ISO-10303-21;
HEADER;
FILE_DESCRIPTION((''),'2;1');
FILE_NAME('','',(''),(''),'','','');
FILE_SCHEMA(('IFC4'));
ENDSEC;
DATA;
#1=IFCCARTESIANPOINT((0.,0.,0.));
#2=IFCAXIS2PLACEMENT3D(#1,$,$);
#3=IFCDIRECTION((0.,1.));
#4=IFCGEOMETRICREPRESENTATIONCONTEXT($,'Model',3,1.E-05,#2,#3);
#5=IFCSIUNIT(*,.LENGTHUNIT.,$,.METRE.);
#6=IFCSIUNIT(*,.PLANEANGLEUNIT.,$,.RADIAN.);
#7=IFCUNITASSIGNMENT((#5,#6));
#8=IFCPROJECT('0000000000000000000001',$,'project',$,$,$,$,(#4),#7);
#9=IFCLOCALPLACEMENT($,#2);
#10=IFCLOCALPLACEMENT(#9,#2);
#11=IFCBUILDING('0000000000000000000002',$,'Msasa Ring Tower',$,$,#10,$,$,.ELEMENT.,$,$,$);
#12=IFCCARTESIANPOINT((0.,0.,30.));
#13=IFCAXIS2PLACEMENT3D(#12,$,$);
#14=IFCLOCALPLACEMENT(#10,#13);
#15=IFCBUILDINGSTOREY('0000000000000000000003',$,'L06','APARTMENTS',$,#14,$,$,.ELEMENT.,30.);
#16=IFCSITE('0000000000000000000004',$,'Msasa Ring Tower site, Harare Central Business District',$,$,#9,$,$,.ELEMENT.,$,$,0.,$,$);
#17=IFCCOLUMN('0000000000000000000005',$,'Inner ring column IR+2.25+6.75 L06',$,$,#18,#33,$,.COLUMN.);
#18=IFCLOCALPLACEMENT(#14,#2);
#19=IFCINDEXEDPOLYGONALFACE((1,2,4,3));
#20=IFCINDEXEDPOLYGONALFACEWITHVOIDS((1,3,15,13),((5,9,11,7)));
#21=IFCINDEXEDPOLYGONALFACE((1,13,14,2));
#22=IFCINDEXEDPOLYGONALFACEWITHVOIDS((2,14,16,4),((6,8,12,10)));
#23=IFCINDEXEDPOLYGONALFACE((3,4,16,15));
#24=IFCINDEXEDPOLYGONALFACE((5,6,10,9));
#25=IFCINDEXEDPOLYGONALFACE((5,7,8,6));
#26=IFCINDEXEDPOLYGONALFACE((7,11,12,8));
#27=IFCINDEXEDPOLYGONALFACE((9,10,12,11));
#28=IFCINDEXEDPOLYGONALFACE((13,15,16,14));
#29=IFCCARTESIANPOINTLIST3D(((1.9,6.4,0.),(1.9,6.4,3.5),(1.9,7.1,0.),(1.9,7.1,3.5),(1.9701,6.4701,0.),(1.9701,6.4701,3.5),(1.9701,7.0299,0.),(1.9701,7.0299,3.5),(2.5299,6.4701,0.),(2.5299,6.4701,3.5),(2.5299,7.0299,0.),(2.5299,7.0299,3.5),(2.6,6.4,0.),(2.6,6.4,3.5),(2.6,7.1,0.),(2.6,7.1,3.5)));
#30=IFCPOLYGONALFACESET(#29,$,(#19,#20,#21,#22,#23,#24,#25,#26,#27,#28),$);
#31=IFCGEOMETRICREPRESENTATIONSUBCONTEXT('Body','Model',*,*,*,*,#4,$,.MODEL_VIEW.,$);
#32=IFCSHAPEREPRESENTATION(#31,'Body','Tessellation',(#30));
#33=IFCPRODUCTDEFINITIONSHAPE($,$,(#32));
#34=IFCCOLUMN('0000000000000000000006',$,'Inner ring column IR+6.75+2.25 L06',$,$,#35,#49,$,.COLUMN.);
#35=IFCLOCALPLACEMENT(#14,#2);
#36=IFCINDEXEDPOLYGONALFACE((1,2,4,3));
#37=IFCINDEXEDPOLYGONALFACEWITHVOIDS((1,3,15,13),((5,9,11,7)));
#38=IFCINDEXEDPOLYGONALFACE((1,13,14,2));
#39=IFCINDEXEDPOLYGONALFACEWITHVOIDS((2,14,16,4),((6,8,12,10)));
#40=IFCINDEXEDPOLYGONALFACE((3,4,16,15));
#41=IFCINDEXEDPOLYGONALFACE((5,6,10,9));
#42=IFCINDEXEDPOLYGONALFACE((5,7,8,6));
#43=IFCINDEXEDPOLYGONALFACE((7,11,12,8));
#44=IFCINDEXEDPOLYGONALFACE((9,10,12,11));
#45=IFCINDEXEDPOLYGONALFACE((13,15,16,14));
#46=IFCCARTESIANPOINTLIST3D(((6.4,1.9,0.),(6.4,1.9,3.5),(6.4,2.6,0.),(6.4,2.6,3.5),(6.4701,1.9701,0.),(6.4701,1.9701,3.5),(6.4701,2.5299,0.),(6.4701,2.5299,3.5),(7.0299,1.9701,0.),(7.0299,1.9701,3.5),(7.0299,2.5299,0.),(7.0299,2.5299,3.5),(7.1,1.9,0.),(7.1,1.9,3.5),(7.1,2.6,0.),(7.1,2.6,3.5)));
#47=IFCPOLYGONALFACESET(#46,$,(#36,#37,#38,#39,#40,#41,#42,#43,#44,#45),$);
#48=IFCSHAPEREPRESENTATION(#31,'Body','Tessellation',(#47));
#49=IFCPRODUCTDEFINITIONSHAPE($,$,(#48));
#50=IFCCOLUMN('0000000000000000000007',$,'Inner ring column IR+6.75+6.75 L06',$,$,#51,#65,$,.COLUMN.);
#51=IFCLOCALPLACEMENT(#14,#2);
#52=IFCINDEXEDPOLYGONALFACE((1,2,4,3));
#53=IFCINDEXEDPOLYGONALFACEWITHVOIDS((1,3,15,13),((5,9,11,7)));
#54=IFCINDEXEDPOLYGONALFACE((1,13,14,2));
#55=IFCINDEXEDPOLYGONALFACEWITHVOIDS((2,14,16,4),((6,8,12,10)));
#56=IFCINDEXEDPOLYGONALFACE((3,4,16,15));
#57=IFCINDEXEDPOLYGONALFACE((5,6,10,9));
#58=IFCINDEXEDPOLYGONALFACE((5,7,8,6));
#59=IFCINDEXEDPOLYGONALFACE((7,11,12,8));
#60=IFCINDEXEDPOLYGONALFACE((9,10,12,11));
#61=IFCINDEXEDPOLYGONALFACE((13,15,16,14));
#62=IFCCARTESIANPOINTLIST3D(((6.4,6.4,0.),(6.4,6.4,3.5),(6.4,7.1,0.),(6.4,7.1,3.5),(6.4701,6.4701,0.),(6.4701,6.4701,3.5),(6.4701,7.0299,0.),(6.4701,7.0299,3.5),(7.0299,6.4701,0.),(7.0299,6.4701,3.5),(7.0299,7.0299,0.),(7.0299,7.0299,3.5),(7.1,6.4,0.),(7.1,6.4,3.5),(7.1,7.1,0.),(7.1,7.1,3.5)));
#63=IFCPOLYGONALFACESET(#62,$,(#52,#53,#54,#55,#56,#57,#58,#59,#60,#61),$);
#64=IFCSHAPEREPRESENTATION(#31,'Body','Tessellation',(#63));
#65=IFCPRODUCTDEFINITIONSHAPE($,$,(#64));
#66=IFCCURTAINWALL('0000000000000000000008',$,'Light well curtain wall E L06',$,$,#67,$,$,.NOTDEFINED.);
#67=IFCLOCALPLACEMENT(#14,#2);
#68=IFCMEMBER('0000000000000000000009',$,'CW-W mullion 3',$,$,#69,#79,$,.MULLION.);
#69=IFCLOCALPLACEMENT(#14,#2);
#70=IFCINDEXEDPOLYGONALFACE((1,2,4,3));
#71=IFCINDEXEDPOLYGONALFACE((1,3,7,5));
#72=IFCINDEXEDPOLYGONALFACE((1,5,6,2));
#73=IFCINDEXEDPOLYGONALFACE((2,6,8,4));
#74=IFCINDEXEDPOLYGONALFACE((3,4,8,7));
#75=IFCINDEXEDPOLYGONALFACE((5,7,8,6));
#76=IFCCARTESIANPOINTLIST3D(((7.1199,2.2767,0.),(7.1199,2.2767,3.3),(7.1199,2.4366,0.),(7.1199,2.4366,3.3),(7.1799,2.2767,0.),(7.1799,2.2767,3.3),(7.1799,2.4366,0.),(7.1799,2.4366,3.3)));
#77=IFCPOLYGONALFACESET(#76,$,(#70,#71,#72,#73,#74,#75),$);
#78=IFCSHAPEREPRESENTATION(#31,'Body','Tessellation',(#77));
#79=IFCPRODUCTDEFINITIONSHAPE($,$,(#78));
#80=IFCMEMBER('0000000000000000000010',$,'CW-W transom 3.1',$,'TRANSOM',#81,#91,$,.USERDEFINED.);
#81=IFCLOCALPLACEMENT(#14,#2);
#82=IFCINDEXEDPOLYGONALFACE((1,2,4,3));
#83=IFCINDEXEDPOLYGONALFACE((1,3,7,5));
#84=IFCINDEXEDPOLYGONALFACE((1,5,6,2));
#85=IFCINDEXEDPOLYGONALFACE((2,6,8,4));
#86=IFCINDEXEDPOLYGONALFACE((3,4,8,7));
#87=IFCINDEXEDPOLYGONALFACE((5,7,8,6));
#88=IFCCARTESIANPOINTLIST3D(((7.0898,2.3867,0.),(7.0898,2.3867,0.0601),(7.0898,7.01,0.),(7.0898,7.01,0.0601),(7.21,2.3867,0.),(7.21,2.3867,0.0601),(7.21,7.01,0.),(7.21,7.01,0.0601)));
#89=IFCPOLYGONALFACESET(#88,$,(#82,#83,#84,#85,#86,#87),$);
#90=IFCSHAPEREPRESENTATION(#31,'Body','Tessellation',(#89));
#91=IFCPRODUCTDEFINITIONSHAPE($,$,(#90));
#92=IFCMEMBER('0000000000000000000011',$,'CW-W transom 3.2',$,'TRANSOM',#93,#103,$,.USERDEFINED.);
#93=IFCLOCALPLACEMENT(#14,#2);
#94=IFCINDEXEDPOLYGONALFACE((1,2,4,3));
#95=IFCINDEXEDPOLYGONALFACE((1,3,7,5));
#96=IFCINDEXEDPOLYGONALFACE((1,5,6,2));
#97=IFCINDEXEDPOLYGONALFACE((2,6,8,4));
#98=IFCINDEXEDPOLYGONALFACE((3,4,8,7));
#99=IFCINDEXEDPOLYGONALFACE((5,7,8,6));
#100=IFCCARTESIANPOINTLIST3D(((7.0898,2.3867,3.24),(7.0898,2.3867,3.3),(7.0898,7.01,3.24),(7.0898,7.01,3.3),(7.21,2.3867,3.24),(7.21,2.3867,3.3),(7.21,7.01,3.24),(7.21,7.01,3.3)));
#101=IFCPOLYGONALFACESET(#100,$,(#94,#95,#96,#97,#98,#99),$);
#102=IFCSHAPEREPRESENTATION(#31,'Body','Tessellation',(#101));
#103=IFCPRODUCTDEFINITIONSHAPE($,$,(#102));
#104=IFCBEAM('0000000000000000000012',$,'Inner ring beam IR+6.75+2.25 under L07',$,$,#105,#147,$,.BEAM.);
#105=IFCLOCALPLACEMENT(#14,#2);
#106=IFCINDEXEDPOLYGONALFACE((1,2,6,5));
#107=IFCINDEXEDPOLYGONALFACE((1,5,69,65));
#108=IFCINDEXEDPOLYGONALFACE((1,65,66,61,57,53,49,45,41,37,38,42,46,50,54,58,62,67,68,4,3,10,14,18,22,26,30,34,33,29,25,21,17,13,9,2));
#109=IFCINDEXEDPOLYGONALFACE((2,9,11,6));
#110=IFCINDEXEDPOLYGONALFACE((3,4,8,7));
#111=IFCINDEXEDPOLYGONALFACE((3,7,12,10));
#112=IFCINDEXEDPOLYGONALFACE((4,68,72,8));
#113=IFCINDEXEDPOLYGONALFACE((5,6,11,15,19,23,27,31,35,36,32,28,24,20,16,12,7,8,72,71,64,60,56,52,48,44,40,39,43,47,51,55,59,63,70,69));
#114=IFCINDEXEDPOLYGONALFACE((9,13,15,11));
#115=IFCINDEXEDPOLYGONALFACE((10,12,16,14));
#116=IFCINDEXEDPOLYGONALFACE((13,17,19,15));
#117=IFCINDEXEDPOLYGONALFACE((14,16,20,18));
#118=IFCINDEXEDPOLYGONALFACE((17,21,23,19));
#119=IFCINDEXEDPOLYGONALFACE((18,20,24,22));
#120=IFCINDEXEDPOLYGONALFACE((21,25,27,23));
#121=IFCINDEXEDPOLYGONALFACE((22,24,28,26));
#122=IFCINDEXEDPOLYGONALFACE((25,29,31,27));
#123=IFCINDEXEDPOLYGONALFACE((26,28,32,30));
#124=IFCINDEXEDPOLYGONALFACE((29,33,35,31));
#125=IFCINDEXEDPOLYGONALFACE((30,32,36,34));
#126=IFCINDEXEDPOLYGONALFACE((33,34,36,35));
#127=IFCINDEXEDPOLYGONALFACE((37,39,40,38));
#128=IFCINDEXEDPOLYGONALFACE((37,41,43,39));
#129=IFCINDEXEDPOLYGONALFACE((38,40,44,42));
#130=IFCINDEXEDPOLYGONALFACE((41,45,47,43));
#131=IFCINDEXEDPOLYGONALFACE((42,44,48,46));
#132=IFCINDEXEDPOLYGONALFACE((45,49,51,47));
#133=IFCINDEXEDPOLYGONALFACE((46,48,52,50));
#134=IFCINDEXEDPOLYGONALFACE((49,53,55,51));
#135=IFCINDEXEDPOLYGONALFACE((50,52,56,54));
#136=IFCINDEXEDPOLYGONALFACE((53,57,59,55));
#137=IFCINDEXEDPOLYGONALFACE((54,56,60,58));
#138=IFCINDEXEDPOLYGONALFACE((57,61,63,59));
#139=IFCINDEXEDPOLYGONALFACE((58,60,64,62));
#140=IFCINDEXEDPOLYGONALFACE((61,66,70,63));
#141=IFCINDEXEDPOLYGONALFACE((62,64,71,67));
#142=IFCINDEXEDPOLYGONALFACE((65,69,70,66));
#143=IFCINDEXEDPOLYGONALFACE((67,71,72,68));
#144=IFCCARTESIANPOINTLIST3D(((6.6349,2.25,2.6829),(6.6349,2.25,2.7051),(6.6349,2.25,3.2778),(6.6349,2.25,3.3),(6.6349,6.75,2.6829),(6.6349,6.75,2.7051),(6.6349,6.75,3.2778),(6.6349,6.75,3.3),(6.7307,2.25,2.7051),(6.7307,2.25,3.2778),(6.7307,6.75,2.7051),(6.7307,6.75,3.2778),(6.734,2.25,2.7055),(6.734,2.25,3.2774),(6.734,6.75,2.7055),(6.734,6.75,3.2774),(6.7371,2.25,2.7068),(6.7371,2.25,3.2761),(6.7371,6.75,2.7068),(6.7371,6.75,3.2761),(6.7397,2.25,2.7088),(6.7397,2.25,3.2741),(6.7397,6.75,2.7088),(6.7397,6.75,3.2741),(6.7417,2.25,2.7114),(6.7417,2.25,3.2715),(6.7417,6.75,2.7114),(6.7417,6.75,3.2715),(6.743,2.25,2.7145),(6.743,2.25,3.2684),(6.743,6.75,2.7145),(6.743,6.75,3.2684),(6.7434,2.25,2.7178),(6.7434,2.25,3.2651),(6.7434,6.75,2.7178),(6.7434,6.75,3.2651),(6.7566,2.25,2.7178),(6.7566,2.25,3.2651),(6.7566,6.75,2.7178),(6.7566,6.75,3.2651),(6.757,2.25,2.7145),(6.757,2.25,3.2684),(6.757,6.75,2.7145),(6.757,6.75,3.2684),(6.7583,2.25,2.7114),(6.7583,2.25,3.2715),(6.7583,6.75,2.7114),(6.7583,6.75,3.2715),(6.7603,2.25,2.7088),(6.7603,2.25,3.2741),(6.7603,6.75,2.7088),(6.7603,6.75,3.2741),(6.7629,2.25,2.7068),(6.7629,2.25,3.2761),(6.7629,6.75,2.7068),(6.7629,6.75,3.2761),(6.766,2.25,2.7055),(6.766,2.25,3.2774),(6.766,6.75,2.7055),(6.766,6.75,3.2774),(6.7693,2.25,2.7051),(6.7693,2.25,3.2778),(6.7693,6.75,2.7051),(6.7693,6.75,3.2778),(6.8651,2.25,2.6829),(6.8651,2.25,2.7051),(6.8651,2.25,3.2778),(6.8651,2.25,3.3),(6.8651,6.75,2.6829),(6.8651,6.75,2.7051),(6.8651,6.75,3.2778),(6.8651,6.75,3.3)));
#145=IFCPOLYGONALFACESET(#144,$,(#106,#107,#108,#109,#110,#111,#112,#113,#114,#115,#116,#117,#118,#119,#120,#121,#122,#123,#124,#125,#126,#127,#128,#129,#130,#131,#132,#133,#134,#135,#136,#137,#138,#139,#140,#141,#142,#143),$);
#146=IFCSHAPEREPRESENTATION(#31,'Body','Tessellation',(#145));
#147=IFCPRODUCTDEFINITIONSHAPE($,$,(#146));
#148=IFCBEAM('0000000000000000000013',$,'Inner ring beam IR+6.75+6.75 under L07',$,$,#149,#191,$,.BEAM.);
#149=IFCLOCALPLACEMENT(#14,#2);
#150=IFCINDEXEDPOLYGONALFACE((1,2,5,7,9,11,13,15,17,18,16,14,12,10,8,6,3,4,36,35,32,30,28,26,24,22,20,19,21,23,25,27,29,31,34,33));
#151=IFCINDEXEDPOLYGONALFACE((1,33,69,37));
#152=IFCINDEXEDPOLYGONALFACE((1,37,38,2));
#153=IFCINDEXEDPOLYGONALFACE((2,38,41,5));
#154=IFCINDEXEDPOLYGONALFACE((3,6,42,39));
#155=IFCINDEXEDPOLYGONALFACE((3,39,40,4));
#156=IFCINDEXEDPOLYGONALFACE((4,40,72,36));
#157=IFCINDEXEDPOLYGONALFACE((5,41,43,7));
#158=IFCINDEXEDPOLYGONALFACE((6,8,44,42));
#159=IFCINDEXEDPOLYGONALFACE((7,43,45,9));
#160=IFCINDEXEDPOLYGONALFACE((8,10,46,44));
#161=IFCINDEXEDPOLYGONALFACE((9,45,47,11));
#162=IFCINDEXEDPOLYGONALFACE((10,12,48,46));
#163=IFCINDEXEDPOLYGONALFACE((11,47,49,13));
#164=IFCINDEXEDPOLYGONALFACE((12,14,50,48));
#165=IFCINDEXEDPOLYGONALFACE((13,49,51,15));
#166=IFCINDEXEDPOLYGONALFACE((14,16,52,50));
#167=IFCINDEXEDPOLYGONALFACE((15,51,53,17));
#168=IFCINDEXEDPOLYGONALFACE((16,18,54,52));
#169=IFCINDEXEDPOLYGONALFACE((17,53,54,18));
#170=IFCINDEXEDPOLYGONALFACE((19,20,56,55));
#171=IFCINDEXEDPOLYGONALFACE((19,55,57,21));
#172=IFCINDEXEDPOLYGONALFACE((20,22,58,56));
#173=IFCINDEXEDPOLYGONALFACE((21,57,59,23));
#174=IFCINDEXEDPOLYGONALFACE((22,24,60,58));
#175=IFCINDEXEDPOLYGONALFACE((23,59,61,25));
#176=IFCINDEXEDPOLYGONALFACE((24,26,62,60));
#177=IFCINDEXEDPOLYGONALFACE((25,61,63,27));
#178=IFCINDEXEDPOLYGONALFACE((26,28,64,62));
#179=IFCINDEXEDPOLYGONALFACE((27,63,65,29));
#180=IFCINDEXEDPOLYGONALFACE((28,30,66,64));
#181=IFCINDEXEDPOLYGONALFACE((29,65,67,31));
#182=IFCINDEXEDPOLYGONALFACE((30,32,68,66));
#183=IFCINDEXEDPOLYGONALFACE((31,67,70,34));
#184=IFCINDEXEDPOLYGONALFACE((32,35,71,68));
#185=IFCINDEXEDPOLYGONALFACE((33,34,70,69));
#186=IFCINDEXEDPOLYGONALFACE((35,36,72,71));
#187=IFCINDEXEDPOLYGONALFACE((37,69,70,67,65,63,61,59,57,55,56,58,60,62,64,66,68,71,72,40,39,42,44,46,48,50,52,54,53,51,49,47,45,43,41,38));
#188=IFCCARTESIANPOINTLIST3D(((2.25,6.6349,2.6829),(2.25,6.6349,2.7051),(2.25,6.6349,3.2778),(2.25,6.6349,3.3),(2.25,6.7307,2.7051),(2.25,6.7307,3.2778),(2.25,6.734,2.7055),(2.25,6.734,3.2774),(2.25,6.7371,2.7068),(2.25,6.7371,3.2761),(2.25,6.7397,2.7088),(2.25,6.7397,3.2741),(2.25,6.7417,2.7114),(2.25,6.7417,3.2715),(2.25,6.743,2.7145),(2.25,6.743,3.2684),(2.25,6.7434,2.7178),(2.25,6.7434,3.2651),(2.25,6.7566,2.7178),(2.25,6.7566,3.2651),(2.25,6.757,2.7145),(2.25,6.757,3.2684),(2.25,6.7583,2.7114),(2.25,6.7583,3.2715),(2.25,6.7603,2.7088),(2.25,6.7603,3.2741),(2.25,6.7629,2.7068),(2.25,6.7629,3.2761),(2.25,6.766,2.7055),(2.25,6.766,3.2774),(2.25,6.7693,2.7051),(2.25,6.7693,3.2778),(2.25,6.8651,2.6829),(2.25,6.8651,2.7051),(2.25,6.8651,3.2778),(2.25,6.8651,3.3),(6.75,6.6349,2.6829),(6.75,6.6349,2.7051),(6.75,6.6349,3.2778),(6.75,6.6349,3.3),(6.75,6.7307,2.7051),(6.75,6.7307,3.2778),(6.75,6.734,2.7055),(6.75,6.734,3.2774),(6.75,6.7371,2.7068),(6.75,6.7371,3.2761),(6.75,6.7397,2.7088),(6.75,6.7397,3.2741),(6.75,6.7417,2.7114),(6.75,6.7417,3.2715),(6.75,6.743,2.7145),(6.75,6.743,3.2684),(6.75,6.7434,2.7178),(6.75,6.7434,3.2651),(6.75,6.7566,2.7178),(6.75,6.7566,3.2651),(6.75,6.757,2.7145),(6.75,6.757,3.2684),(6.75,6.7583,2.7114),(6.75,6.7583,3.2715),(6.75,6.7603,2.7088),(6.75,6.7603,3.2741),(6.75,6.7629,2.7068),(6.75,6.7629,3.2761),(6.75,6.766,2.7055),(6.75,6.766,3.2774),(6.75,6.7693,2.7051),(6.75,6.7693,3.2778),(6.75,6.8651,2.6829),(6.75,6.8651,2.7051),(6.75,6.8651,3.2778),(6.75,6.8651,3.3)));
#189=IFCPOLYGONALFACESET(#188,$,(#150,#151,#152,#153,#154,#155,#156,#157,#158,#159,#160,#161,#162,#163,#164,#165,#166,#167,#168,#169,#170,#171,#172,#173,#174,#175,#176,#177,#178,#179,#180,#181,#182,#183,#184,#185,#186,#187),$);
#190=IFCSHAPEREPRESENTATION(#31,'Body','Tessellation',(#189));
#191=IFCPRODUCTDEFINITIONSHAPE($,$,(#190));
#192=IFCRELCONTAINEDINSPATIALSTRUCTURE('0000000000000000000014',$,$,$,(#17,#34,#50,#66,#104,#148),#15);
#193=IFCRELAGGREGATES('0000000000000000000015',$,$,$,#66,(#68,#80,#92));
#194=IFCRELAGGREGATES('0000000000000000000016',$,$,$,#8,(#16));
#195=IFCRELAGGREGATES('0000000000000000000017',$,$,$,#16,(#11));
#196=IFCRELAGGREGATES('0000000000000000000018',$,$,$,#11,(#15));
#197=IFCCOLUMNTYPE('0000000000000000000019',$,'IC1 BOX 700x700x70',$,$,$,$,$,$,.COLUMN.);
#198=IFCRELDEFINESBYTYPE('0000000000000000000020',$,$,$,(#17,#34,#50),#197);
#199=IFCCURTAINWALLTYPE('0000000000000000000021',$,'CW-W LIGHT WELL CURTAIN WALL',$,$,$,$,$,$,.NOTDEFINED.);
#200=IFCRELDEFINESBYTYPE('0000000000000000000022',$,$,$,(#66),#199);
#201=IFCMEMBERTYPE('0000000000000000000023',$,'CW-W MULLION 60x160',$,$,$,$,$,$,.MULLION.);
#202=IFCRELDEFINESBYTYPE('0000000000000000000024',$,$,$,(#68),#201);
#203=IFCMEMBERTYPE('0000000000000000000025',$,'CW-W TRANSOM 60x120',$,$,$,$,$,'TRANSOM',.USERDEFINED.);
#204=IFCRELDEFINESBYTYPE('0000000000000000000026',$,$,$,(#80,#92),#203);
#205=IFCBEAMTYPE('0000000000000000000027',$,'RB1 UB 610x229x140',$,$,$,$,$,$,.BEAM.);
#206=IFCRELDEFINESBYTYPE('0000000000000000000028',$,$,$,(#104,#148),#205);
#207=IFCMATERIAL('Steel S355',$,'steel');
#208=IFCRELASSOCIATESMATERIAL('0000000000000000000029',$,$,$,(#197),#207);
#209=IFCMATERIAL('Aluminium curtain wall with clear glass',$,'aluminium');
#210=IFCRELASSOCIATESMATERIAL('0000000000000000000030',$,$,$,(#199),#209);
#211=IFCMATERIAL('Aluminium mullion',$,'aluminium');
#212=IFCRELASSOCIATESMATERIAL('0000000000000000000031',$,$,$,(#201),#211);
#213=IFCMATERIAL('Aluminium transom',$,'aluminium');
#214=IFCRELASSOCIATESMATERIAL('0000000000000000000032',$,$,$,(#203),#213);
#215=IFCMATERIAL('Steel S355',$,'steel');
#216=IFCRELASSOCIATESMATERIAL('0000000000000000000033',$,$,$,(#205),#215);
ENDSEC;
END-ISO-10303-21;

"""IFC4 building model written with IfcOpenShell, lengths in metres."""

from ifc_helpers import new_model, si_unit, direction, frame, origin, origin_2d, place, context, subcontext, project, spatial, rectangle, hollow_rectangle, i_section, extrude, material, material_profile, profile_set, type_object, element, aggregate, save


model = new_model("IFC4")

# Units and contexts
model_context = context("Model", 3, precision=1e-05, world=origin(), true_north=direction((0.0, 1.0)))
body_context = subcontext(model_context, "Body", "Model", "MODEL_VIEW")
ifc_project = project(units=[si_unit("LENGTHUNIT", "METRE"), si_unit("PLANEANGLEUNIT", "RADIAN")], contexts=[model_context])

# Site, building, storey
site_placement = place(None, origin())
site = spatial("IfcSite", under=ifc_project, at=site_placement, Name="Msasa Ring Tower site, Harare Central Business District", CompositionType="ELEMENT", RefElevation=0.0)
building_placement = place(site_placement, origin())
building = spatial("IfcBuilding", under=site, at=building_placement, Name="Msasa Ring Tower", CompositionType="ELEMENT")
storey_placement = place(building_placement, frame((0.0, 0.0, 30.0)))
storey = spatial("IfcBuildingStorey", under=building, at=storey_placement, Name="L06", Description="APARTMENTS", CompositionType="ELEMENT", Elevation=30.0)

# Columns
ifc_material_1 = material(Name="Steel S355", Category="steel")
ifc_material_profile_1 = material_profile(ifc_material_1, hollow_rectangle(XDim=0.7, YDim=0.7, WallThickness=0.0701, at=origin_2d()), Name="BOX 700x700x70")
ifc_profile_set_1 = profile_set([ifc_material_profile_1], Name="Steel S355")
column_type = type_object("IfcColumnType", Name="IC1 BOX 700x700x70", PredefinedType="COLUMN", material=ifc_profile_set_1)
for number, where, z_axis, x_axis, name in (
    (1, (2.25, 6.75, 0.0), (0.0, 0.0, 1.0), (1.0, 0.0, 0.0), "Inner ring column IR+2.25+6.75 L06"),
    (2, (6.75, 2.25, 0.0), (0.0, 0.0, 1.0), (1.0, 0.0, 0.0), "Inner ring column IR+6.75+2.25 L06"),
    (3, (6.75, 6.75, 0.0), (0.0, 0.0, 1.0), (1.0, 0.0, 0.0), "Inner ring column IR+6.75+6.75 L06"),
):
    element("IfcColumn", number, at=place(storey_placement, frame(where, z_axis=z_axis, x_axis=x_axis)), inside=storey, type_object=column_type, Name=name, PredefinedType="COLUMN", context=body_context, shape_type="SweptSolid", body=[
        extrude(hollow_rectangle(XDim=0.7, YDim=0.7, WallThickness=0.0701, at=origin_2d()), origin(), (0.0, 0.0, 1.0), 3.5),
    ])

# Curtain wall, members
ifc_material_2 = material(Name="Aluminium curtain wall with clear glass", Category="aluminium")
curtain_wall_type = type_object("IfcCurtainWallType", Name="CW-W LIGHT WELL CURTAIN WALL", PredefinedType="NOTDEFINED", material=ifc_material_2)
curtain_wall_placement = place(storey_placement, origin())
curtain_wall = element("IfcCurtainWall", 4, at=curtain_wall_placement, inside=storey, type_object=curtain_wall_type, Name="Light well curtain wall E L06", PredefinedType="NOTDEFINED")
ifc_material_3 = material(Name="Aluminium mullion", Category="aluminium")
ifc_material_profile_2 = material_profile(ifc_material_3, rectangle(XDim=0.0601, YDim=0.1599, at=origin_2d()), Name="AL 60x160")
ifc_profile_set_2 = profile_set([ifc_material_profile_2], Name="Aluminium mullion")
member_type_1 = type_object("IfcMemberType", Name="CW-W MULLION 60x160", PredefinedType="MULLION", material=ifc_profile_set_2)
member_1_placement = place(storey_placement, frame((7.1499, 2.3567, 0.0), z_axis=(0.0, 0.0, 1.0), x_axis=(-1.0, 0.0, 0.0)))
member_1 = element("IfcMember", 5, at=member_1_placement, type_object=member_type_1, Name="CW-W mullion 3", PredefinedType="MULLION", context=body_context, shape_type="SweptSolid", body=[
    extrude(rectangle(XDim=0.0601, YDim=0.1599, at=origin_2d()), origin(), (0.0, 0.0, 1.0), 3.3),
])
ifc_material_4 = material(Name="Aluminium transom", Category="aluminium")
ifc_material_profile_3 = material_profile(ifc_material_4, rectangle(XDim=0.1201, YDim=0.0601, at=origin_2d()), Name="AL 60x120")
ifc_profile_set_3 = profile_set([ifc_material_profile_3], Name="Aluminium transom")
member_type_2 = type_object("IfcMemberType", Name="CW-W TRANSOM 60x120", ElementType="TRANSOM", PredefinedType="USERDEFINED", material=ifc_profile_set_3)
member_2_placement = place(storey_placement, frame((7.1499, 2.3867, 0.03), z_axis=(0.0, 1.0, 0.0), x_axis=(-1.0, 0.0, 0.0)))
member_2 = element("IfcMember", 6, at=member_2_placement, type_object=member_type_2, Name="CW-W transom 3.1", ObjectType="TRANSOM", PredefinedType="USERDEFINED", context=body_context, shape_type="SweptSolid", body=[
    extrude(rectangle(XDim=0.1201, YDim=0.0601, at=origin_2d()), origin(), (0.0, 0.0, 1.0), 4.6233),
])
member_3_placement = place(storey_placement, frame((7.1499, 2.3867, 3.27), z_axis=(0.0, 1.0, 0.0), x_axis=(-1.0, 0.0, 0.0)))
member_3 = element("IfcMember", 7, at=member_3_placement, type_object=member_type_2, Name="CW-W transom 3.2", ObjectType="TRANSOM", PredefinedType="USERDEFINED", context=body_context, shape_type="SweptSolid", body=[
    extrude(rectangle(XDim=0.1201, YDim=0.0601, at=origin_2d()), origin(), (0.0, 0.0, 1.0), 4.6233),
])

# Beams
ifc_material_5 = material(Name="Steel S355", Category="steel")
ifc_material_profile_4 = material_profile(ifc_material_5, i_section(OverallWidth=0.2302, OverallDepth=0.6172, WebThickness=0.0132, FlangeThickness=0.0222, FilletRadius=0.0127, at=origin_2d()), Name="UB 610x229x140")
ifc_profile_set_4 = profile_set([ifc_material_profile_4], Name="Steel S355")
beam_type = type_object("IfcBeamType", Name="RB1 UB 610x229x140", PredefinedType="BEAM", material=ifc_profile_set_4)
for number, where, z_axis, x_axis, name in (
    (8, (6.75, 2.25, 2.9915), (0.0, 1.0, 0.0), (-1.0, 0.0, 0.0), "Inner ring beam IR+6.75+2.25 under L07"),
    (9, (6.75, 6.75, 2.9915), (-1.0, 0.0, 0.0), (0.0, -1.0, 0.0), "Inner ring beam IR+6.75+6.75 under L07"),
):
    element("IfcBeam", number, at=place(storey_placement, frame(where, z_axis=z_axis, x_axis=x_axis)), inside=storey, type_object=beam_type, Name=name, PredefinedType="BEAM", context=body_context, shape_type="SweptSolid", body=[
        extrude(i_section(OverallWidth=0.2302, OverallDepth=0.6172, WebThickness=0.0132, FlangeThickness=0.0222, FilletRadius=0.0127, at=origin_2d()), origin(), (0.0, 0.0, 1.0), 4.5),
    ])

aggregate(curtain_wall, [member_1, member_2, member_3])

save(model, "model.ifc")
